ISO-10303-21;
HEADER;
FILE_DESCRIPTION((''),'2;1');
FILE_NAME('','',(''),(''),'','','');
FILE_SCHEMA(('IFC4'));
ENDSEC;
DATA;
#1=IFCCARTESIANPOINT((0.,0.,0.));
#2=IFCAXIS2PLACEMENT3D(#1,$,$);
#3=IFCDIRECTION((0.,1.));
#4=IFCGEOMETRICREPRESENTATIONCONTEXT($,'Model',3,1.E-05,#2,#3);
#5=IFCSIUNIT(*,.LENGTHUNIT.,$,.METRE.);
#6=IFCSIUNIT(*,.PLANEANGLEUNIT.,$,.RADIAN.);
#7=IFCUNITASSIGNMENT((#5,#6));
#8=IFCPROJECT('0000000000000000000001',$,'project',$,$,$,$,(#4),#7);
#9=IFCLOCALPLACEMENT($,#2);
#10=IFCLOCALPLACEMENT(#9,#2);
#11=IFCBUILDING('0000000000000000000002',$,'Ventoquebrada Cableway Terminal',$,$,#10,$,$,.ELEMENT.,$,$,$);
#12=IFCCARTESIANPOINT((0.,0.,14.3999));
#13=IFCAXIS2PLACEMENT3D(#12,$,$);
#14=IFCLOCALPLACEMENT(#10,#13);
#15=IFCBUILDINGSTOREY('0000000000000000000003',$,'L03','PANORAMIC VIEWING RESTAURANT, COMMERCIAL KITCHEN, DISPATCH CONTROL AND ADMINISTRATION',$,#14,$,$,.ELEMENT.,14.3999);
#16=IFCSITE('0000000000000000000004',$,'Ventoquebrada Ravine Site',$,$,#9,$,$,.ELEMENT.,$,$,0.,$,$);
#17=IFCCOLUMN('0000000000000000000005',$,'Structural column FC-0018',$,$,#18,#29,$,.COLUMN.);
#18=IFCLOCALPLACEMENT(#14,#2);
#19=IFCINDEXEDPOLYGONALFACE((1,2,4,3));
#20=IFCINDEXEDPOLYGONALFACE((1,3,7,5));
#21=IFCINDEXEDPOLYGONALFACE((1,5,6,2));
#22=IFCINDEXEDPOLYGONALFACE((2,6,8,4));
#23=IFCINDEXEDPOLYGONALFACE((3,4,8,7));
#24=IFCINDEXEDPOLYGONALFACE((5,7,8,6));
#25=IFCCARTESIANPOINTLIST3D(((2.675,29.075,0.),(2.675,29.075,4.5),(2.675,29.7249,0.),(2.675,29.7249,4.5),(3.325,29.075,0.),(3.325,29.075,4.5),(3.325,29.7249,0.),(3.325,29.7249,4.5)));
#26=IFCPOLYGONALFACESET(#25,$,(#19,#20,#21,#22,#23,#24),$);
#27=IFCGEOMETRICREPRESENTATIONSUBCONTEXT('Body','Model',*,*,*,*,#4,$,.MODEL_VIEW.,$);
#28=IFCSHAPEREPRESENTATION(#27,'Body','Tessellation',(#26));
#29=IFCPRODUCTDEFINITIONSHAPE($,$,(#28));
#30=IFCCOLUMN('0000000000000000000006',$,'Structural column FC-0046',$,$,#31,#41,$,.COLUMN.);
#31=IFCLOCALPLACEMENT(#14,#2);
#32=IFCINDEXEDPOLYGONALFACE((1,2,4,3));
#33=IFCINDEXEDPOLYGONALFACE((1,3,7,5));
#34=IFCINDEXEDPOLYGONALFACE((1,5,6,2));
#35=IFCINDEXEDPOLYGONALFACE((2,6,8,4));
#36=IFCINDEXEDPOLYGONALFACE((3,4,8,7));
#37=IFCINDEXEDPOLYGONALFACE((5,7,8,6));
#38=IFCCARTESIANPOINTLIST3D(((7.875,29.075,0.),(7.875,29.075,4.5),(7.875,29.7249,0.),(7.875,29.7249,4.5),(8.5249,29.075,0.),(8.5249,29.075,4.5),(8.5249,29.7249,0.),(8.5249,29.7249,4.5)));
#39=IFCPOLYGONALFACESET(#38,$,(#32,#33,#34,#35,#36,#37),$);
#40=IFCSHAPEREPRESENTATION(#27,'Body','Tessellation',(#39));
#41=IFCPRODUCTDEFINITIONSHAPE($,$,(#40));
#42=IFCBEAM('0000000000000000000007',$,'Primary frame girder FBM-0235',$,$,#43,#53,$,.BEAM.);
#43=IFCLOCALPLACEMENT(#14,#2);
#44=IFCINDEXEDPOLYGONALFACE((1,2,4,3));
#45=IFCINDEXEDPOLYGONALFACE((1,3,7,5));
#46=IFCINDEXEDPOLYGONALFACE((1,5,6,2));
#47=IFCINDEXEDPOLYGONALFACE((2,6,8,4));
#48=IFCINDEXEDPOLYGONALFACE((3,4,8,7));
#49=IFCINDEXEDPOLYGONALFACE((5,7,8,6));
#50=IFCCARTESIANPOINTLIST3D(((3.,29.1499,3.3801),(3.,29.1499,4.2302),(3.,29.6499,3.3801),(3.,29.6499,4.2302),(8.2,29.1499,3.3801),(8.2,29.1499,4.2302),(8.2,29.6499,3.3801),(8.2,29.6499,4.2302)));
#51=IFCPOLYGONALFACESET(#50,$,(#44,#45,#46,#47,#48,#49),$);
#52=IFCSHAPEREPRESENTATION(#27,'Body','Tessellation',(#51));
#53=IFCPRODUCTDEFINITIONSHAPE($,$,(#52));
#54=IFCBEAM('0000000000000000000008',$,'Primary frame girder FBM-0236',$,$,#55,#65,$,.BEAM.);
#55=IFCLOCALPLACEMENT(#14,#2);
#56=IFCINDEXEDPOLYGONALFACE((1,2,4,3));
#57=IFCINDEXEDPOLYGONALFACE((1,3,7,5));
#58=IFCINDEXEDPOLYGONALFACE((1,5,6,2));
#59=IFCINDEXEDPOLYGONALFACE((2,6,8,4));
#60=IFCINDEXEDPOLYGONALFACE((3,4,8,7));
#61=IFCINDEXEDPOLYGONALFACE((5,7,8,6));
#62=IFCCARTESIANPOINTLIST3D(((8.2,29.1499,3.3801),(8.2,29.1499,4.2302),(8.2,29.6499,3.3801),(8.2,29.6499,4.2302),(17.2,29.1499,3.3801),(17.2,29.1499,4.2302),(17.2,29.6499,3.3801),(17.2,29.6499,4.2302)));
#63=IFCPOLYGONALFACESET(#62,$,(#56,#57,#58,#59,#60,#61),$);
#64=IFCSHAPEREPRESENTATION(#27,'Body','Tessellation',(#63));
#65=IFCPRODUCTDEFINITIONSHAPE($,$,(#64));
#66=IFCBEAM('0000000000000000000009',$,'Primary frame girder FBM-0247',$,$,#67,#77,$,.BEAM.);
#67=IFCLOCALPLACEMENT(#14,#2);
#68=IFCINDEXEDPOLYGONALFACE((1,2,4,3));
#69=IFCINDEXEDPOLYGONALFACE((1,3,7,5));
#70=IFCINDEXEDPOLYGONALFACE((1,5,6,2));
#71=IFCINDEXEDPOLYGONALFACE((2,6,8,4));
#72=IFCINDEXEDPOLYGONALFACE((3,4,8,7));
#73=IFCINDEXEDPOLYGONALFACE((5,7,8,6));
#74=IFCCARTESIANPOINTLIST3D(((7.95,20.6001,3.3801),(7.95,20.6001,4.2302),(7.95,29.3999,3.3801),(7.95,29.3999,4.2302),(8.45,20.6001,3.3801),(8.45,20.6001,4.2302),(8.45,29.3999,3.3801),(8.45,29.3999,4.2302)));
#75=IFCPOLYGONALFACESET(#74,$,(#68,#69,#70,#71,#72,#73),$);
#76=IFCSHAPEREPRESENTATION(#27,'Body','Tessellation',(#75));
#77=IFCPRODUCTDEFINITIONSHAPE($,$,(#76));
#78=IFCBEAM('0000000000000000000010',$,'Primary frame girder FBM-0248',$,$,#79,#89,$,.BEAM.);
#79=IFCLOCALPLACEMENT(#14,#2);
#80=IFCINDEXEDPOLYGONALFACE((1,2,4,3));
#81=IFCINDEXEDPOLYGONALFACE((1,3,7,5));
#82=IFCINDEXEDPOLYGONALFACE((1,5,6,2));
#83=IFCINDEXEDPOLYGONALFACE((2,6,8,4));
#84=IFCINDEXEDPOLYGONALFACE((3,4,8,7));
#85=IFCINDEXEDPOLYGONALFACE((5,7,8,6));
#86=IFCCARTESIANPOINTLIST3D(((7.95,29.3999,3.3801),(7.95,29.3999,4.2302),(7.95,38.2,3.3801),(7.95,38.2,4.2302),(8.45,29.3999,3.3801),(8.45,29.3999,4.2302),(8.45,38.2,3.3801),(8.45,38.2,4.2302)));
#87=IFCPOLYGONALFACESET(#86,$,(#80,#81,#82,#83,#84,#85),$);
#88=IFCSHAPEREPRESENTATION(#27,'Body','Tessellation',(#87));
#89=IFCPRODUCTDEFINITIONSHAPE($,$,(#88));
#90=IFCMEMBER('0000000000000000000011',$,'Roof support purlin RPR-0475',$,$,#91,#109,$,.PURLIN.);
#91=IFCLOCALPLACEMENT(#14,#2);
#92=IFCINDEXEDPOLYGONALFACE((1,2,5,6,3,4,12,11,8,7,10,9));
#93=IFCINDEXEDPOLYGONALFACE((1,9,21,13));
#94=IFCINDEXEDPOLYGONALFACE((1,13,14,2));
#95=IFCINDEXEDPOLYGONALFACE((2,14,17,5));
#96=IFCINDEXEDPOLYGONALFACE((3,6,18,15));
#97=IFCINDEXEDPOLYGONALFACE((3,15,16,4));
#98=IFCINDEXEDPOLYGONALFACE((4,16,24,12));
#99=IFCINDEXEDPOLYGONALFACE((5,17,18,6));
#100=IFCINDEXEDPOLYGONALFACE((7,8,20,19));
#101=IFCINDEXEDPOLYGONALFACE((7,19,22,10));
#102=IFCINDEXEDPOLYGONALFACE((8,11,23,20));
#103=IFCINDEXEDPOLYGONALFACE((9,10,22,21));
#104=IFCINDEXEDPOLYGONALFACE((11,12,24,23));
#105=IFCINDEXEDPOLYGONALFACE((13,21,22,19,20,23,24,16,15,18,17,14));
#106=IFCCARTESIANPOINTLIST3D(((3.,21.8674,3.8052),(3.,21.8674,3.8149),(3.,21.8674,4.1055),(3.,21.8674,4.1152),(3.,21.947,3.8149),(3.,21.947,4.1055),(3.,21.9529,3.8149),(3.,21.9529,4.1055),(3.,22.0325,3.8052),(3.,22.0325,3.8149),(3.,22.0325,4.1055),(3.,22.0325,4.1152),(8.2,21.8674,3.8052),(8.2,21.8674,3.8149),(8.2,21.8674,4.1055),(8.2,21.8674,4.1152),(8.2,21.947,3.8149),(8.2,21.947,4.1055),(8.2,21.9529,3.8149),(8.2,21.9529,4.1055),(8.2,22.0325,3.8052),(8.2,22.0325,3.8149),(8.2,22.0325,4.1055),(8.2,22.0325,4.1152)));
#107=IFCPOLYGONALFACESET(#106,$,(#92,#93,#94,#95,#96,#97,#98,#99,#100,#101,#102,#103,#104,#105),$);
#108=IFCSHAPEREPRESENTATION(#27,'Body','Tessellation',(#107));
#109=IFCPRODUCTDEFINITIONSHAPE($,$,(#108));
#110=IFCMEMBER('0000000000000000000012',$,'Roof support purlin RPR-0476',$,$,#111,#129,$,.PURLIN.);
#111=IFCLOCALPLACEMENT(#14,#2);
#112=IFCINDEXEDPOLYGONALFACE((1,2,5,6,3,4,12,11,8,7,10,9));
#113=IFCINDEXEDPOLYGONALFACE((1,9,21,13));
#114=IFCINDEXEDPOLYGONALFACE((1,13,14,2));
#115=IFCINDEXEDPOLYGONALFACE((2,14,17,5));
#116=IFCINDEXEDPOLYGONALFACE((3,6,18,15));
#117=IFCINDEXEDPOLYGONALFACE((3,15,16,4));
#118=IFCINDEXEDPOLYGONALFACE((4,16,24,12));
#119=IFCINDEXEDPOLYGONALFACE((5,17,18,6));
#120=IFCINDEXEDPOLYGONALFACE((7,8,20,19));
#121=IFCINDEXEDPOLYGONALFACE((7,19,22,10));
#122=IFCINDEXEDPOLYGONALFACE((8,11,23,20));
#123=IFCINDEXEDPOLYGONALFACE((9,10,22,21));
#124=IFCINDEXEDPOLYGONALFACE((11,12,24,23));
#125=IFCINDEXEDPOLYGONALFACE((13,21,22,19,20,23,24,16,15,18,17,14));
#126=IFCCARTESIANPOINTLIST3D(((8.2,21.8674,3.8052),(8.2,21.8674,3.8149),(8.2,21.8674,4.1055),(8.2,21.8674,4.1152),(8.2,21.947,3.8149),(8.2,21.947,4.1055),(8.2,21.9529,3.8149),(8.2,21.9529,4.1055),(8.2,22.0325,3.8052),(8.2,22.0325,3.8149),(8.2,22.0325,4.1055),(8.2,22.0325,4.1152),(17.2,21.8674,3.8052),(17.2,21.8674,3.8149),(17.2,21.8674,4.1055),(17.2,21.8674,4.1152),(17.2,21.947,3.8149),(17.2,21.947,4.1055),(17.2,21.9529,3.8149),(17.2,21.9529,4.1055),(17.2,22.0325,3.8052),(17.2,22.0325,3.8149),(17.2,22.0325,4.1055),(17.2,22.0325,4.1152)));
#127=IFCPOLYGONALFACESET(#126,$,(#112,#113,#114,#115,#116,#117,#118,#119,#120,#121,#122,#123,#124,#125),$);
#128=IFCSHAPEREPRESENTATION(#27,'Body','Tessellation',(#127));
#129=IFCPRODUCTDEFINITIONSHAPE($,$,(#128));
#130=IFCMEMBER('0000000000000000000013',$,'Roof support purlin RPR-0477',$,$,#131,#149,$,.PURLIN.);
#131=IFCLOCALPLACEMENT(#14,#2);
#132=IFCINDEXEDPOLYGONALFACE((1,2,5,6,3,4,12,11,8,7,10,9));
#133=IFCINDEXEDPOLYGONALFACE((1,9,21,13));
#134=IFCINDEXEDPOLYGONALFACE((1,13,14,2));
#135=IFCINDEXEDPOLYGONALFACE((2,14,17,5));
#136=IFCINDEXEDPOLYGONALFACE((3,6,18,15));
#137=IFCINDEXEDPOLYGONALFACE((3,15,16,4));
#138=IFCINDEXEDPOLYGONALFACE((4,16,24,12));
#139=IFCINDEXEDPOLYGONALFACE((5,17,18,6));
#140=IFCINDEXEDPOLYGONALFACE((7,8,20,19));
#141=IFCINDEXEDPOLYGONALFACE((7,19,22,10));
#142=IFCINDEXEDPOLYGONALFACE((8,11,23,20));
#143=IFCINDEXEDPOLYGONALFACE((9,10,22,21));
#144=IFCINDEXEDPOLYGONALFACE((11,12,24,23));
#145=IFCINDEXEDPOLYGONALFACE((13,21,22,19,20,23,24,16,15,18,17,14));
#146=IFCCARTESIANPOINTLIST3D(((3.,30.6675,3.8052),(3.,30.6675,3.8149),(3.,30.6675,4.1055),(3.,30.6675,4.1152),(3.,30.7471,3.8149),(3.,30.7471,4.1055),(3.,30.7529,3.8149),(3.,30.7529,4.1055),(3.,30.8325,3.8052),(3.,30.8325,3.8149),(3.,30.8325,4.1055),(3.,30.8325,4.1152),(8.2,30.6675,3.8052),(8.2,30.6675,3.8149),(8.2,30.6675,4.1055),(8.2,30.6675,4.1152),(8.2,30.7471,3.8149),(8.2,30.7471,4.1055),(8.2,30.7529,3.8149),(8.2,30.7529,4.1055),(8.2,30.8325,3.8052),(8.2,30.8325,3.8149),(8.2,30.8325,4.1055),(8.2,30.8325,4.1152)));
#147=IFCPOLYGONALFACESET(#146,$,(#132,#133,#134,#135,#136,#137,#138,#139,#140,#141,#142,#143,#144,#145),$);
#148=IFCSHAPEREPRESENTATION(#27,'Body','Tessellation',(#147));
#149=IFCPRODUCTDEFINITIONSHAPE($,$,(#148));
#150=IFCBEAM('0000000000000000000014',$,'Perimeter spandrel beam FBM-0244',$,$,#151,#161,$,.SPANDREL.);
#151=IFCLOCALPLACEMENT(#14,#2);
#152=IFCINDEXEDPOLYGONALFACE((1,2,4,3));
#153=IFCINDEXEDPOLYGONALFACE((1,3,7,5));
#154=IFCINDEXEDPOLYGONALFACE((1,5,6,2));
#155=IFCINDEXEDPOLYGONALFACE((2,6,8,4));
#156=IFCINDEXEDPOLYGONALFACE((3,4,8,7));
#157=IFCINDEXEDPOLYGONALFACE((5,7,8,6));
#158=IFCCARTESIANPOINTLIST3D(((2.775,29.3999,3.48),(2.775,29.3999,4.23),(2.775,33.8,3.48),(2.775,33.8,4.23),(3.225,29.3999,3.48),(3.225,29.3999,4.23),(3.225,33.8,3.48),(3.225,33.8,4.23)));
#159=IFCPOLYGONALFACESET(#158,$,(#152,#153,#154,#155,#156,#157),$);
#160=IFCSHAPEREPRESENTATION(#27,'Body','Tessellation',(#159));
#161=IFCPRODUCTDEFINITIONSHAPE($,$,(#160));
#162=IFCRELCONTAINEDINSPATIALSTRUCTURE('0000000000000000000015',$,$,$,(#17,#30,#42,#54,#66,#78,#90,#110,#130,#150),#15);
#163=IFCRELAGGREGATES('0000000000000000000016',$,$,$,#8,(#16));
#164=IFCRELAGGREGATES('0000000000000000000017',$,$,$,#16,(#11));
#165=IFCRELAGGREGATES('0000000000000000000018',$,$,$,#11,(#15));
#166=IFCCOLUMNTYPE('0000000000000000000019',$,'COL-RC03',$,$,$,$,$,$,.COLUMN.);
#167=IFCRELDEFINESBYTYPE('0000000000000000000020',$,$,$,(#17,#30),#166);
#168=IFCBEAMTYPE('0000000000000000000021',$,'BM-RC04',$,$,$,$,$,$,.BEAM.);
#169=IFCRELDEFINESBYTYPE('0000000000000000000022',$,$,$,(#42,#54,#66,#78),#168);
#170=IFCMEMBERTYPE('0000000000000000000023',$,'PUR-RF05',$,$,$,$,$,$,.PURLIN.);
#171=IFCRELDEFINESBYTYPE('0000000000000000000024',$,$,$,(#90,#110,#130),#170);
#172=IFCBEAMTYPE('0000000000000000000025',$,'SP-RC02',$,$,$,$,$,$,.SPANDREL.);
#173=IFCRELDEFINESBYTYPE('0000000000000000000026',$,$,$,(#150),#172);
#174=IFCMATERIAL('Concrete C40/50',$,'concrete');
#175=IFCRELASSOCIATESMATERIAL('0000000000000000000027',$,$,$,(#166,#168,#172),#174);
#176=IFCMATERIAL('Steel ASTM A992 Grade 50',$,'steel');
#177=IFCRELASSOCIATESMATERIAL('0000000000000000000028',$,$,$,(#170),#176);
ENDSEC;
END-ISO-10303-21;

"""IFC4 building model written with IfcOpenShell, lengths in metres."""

from ifc_helpers import new_model, si_unit, direction, frame, origin, origin_2d, place, context, subcontext, project, spatial, rectangle, i_section, extrude, material, material_profile, profile_set, type_object, element, save


model = new_model("IFC4")

# Units and contexts
model_context = context("Model", 3, precision=1e-05, world=origin(), true_north=direction((0.0, 1.0)))
body_context = subcontext(model_context, "Body", "Model", "MODEL_VIEW")
ifc_project = project(units=[si_unit("LENGTHUNIT", "METRE"), si_unit("PLANEANGLEUNIT", "RADIAN")], contexts=[model_context])

# Site, building, storey
site_placement = place(None, origin())
site = spatial("IfcSite", under=ifc_project, at=site_placement, Name="Ventoquebrada Ravine Site", CompositionType="ELEMENT", RefElevation=0.0)
building_placement = place(site_placement, origin())
building = spatial("IfcBuilding", under=site, at=building_placement, Name="Ventoquebrada Cableway Terminal", CompositionType="ELEMENT")
storey_placement = place(building_placement, frame((0.0, 0.0, 14.3999)))
storey = spatial("IfcBuildingStorey", under=building, at=storey_placement, Name="L03", Description="PANORAMIC VIEWING RESTAURANT, COMMERCIAL KITCHEN, DISPATCH CONTROL AND ADMINISTRATION", CompositionType="ELEMENT", Elevation=14.3999)

# Columns
ifc_material_1 = material(Name="Concrete C40/50", Category="concrete")
ifc_material_profile_1 = material_profile(ifc_material_1, rectangle(XDim=0.6499, YDim=0.6499, at=origin_2d()), Name="RC-COL-650X650")
ifc_profile_set_1 = profile_set([ifc_material_profile_1], Name="Concrete C40/50")
column_type = type_object("IfcColumnType", Name="COL-RC03", PredefinedType="COLUMN", material=ifc_profile_set_1)
for number, where, z_axis, x_axis, name in (
    (1, (3.0, 29.3999, 0.0), (0.0, 0.0, 1.0), (1.0, 0.0, 0.0), "Structural column FC-0018"),
    (2, (8.2, 29.3999, 0.0), (0.0, 0.0, 1.0), (1.0, 0.0, 0.0), "Structural column FC-0046"),
):
    element("IfcColumn", number, at=place(storey_placement, frame(where, z_axis=z_axis, x_axis=x_axis)), inside=storey, type_object=column_type, Name=name, PredefinedType="COLUMN", context=body_context, shape_type="SweptSolid", body=[
        extrude(rectangle(XDim=0.6499, YDim=0.6499, at=origin_2d()), origin(), (0.0, 0.0, 1.0), 4.5),
    ])

# Beams
ifc_material_profile_2 = material_profile(ifc_material_1, rectangle(XDim=0.5, YDim=0.8501, at=origin_2d()), Name="RC-BM-500X850")
ifc_profile_set_2 = profile_set([ifc_material_profile_2], Name="Concrete C40/50")
beam_type_1 = type_object("IfcBeamType", Name="BM-RC04", PredefinedType="BEAM", material=ifc_profile_set_2)
beam_1_placement = place(storey_placement, frame((3.0, 29.3999, 3.8052), z_axis=(1.0, 0.0, 0.0), x_axis=(0.0, 1.0, 0.0)))
element("IfcBeam", 3, at=beam_1_placement, inside=storey, type_object=beam_type_1, Name="Primary frame girder FBM-0235", PredefinedType="BEAM", context=body_context, shape_type="SweptSolid", body=[
    extrude(rectangle(XDim=0.5, YDim=0.8501, at=origin_2d()), origin(), (0.0, 0.0, 1.0), 5.2),
])
beam_2_placement = place(storey_placement, frame((8.2, 29.3999, 3.8052), z_axis=(1.0, 0.0, 0.0), x_axis=(0.0, 1.0, 0.0)))
element("IfcBeam", 4, at=beam_2_placement, inside=storey, type_object=beam_type_1, Name="Primary frame girder FBM-0236", PredefinedType="BEAM", context=body_context, shape_type="SweptSolid", body=[
    extrude(rectangle(XDim=0.5, YDim=0.8501, at=origin_2d()), origin(), (0.0, 0.0, 1.0), 9.0),
])
beam_3_placement = place(storey_placement, frame((8.2, 20.6001, 3.8052), z_axis=(0.0, 1.0, 0.0), x_axis=(-1.0, 0.0, 0.0)))
element("IfcBeam", 5, at=beam_3_placement, inside=storey, type_object=beam_type_1, Name="Primary frame girder FBM-0247", PredefinedType="BEAM", context=body_context, shape_type="SweptSolid", body=[
    extrude(rectangle(XDim=0.5, YDim=0.8501, at=origin_2d()), origin(), (0.0, 0.0, 1.0), 8.7998),
])
beam_4_placement = place(storey_placement, frame((8.2, 29.3999, 3.8052), z_axis=(0.0, 1.0, 0.0), x_axis=(-1.0, 0.0, 0.0)))
element("IfcBeam", 6, at=beam_4_placement, inside=storey, type_object=beam_type_1, Name="Primary frame girder FBM-0248", PredefinedType="BEAM", context=body_context, shape_type="SweptSolid", body=[
    extrude(rectangle(XDim=0.5, YDim=0.8501, at=origin_2d()), origin(), (0.0, 0.0, 1.0), 8.8),
])

# Members
ifc_material_2 = material(Name="Steel ASTM A992 Grade 50", Category="steel")
ifc_material_profile_3 = material_profile(ifc_material_2, i_section(OverallWidth=0.165, OverallDepth=0.3101, WebThickness=0.0059, FlangeThickness=0.0098, at=origin_2d()), Name="W12X26")
ifc_profile_set_3 = profile_set([ifc_material_profile_3], Name="Steel ASTM A992 Grade 50")
member_type = type_object("IfcMemberType", Name="PUR-RF05", PredefinedType="PURLIN", material=ifc_profile_set_3)
member_1_placement = place(storey_placement, frame((3.0, 21.95, 3.9602), z_axis=(1.0, 0.0, 0.0), x_axis=(0.0, 1.0, 0.0)))
element("IfcMember", 7, at=member_1_placement, inside=storey, type_object=member_type, Name="Roof support purlin RPR-0475", PredefinedType="PURLIN", context=body_context, shape_type="SweptSolid", body=[
    extrude(i_section(OverallWidth=0.165, OverallDepth=0.3101, WebThickness=0.0059, FlangeThickness=0.0098, at=origin_2d()), origin(), (0.0, 0.0, 1.0), 5.2),
])
member_2_placement = place(storey_placement, frame((8.2, 21.95, 3.9602), z_axis=(1.0, 0.0, 0.0), x_axis=(0.0, 1.0, 0.0)))
element("IfcMember", 8, at=member_2_placement, inside=storey, type_object=member_type, Name="Roof support purlin RPR-0476", PredefinedType="PURLIN", context=body_context, shape_type="SweptSolid", body=[
    extrude(i_section(OverallWidth=0.165, OverallDepth=0.3101, WebThickness=0.0059, FlangeThickness=0.0098, at=origin_2d()), origin(), (0.0, 0.0, 1.0), 9.0),
])
member_3_placement = place(storey_placement, frame((3.0, 30.75, 3.9602), z_axis=(1.0, 0.0, 0.0), x_axis=(0.0, 1.0, 0.0)))
element("IfcMember", 9, at=member_3_placement, inside=storey, type_object=member_type, Name="Roof support purlin RPR-0477", PredefinedType="PURLIN", context=body_context, shape_type="SweptSolid", body=[
    extrude(i_section(OverallWidth=0.165, OverallDepth=0.3101, WebThickness=0.0059, FlangeThickness=0.0098, at=origin_2d()), origin(), (0.0, 0.0, 1.0), 5.2),
])

# Beam
ifc_material_profile_4 = material_profile(ifc_material_1, rectangle(XDim=0.45, YDim=0.75, at=origin_2d()), Name="RC-BM-450X750")
ifc_profile_set_4 = profile_set([ifc_material_profile_4], Name="Concrete C40/50")
beam_type_2 = type_object("IfcBeamType", Name="SP-RC02", PredefinedType="SPANDREL", material=ifc_profile_set_4)
beam_5_placement = place(storey_placement, frame((3.0, 29.3999, 3.855), z_axis=(0.0, 1.0, 0.0), x_axis=(-1.0, 0.0, 0.0)))
element("IfcBeam", 10, at=beam_5_placement, inside=storey, type_object=beam_type_2, Name="Perimeter spandrel beam FBM-0244", PredefinedType="SPANDREL", context=body_context, shape_type="SweptSolid", body=[
    extrude(rectangle(XDim=0.45, YDim=0.75, at=origin_2d()), origin(), (0.0, 0.0, 1.0), 4.4001),
])

save(model, "model.ifc")
